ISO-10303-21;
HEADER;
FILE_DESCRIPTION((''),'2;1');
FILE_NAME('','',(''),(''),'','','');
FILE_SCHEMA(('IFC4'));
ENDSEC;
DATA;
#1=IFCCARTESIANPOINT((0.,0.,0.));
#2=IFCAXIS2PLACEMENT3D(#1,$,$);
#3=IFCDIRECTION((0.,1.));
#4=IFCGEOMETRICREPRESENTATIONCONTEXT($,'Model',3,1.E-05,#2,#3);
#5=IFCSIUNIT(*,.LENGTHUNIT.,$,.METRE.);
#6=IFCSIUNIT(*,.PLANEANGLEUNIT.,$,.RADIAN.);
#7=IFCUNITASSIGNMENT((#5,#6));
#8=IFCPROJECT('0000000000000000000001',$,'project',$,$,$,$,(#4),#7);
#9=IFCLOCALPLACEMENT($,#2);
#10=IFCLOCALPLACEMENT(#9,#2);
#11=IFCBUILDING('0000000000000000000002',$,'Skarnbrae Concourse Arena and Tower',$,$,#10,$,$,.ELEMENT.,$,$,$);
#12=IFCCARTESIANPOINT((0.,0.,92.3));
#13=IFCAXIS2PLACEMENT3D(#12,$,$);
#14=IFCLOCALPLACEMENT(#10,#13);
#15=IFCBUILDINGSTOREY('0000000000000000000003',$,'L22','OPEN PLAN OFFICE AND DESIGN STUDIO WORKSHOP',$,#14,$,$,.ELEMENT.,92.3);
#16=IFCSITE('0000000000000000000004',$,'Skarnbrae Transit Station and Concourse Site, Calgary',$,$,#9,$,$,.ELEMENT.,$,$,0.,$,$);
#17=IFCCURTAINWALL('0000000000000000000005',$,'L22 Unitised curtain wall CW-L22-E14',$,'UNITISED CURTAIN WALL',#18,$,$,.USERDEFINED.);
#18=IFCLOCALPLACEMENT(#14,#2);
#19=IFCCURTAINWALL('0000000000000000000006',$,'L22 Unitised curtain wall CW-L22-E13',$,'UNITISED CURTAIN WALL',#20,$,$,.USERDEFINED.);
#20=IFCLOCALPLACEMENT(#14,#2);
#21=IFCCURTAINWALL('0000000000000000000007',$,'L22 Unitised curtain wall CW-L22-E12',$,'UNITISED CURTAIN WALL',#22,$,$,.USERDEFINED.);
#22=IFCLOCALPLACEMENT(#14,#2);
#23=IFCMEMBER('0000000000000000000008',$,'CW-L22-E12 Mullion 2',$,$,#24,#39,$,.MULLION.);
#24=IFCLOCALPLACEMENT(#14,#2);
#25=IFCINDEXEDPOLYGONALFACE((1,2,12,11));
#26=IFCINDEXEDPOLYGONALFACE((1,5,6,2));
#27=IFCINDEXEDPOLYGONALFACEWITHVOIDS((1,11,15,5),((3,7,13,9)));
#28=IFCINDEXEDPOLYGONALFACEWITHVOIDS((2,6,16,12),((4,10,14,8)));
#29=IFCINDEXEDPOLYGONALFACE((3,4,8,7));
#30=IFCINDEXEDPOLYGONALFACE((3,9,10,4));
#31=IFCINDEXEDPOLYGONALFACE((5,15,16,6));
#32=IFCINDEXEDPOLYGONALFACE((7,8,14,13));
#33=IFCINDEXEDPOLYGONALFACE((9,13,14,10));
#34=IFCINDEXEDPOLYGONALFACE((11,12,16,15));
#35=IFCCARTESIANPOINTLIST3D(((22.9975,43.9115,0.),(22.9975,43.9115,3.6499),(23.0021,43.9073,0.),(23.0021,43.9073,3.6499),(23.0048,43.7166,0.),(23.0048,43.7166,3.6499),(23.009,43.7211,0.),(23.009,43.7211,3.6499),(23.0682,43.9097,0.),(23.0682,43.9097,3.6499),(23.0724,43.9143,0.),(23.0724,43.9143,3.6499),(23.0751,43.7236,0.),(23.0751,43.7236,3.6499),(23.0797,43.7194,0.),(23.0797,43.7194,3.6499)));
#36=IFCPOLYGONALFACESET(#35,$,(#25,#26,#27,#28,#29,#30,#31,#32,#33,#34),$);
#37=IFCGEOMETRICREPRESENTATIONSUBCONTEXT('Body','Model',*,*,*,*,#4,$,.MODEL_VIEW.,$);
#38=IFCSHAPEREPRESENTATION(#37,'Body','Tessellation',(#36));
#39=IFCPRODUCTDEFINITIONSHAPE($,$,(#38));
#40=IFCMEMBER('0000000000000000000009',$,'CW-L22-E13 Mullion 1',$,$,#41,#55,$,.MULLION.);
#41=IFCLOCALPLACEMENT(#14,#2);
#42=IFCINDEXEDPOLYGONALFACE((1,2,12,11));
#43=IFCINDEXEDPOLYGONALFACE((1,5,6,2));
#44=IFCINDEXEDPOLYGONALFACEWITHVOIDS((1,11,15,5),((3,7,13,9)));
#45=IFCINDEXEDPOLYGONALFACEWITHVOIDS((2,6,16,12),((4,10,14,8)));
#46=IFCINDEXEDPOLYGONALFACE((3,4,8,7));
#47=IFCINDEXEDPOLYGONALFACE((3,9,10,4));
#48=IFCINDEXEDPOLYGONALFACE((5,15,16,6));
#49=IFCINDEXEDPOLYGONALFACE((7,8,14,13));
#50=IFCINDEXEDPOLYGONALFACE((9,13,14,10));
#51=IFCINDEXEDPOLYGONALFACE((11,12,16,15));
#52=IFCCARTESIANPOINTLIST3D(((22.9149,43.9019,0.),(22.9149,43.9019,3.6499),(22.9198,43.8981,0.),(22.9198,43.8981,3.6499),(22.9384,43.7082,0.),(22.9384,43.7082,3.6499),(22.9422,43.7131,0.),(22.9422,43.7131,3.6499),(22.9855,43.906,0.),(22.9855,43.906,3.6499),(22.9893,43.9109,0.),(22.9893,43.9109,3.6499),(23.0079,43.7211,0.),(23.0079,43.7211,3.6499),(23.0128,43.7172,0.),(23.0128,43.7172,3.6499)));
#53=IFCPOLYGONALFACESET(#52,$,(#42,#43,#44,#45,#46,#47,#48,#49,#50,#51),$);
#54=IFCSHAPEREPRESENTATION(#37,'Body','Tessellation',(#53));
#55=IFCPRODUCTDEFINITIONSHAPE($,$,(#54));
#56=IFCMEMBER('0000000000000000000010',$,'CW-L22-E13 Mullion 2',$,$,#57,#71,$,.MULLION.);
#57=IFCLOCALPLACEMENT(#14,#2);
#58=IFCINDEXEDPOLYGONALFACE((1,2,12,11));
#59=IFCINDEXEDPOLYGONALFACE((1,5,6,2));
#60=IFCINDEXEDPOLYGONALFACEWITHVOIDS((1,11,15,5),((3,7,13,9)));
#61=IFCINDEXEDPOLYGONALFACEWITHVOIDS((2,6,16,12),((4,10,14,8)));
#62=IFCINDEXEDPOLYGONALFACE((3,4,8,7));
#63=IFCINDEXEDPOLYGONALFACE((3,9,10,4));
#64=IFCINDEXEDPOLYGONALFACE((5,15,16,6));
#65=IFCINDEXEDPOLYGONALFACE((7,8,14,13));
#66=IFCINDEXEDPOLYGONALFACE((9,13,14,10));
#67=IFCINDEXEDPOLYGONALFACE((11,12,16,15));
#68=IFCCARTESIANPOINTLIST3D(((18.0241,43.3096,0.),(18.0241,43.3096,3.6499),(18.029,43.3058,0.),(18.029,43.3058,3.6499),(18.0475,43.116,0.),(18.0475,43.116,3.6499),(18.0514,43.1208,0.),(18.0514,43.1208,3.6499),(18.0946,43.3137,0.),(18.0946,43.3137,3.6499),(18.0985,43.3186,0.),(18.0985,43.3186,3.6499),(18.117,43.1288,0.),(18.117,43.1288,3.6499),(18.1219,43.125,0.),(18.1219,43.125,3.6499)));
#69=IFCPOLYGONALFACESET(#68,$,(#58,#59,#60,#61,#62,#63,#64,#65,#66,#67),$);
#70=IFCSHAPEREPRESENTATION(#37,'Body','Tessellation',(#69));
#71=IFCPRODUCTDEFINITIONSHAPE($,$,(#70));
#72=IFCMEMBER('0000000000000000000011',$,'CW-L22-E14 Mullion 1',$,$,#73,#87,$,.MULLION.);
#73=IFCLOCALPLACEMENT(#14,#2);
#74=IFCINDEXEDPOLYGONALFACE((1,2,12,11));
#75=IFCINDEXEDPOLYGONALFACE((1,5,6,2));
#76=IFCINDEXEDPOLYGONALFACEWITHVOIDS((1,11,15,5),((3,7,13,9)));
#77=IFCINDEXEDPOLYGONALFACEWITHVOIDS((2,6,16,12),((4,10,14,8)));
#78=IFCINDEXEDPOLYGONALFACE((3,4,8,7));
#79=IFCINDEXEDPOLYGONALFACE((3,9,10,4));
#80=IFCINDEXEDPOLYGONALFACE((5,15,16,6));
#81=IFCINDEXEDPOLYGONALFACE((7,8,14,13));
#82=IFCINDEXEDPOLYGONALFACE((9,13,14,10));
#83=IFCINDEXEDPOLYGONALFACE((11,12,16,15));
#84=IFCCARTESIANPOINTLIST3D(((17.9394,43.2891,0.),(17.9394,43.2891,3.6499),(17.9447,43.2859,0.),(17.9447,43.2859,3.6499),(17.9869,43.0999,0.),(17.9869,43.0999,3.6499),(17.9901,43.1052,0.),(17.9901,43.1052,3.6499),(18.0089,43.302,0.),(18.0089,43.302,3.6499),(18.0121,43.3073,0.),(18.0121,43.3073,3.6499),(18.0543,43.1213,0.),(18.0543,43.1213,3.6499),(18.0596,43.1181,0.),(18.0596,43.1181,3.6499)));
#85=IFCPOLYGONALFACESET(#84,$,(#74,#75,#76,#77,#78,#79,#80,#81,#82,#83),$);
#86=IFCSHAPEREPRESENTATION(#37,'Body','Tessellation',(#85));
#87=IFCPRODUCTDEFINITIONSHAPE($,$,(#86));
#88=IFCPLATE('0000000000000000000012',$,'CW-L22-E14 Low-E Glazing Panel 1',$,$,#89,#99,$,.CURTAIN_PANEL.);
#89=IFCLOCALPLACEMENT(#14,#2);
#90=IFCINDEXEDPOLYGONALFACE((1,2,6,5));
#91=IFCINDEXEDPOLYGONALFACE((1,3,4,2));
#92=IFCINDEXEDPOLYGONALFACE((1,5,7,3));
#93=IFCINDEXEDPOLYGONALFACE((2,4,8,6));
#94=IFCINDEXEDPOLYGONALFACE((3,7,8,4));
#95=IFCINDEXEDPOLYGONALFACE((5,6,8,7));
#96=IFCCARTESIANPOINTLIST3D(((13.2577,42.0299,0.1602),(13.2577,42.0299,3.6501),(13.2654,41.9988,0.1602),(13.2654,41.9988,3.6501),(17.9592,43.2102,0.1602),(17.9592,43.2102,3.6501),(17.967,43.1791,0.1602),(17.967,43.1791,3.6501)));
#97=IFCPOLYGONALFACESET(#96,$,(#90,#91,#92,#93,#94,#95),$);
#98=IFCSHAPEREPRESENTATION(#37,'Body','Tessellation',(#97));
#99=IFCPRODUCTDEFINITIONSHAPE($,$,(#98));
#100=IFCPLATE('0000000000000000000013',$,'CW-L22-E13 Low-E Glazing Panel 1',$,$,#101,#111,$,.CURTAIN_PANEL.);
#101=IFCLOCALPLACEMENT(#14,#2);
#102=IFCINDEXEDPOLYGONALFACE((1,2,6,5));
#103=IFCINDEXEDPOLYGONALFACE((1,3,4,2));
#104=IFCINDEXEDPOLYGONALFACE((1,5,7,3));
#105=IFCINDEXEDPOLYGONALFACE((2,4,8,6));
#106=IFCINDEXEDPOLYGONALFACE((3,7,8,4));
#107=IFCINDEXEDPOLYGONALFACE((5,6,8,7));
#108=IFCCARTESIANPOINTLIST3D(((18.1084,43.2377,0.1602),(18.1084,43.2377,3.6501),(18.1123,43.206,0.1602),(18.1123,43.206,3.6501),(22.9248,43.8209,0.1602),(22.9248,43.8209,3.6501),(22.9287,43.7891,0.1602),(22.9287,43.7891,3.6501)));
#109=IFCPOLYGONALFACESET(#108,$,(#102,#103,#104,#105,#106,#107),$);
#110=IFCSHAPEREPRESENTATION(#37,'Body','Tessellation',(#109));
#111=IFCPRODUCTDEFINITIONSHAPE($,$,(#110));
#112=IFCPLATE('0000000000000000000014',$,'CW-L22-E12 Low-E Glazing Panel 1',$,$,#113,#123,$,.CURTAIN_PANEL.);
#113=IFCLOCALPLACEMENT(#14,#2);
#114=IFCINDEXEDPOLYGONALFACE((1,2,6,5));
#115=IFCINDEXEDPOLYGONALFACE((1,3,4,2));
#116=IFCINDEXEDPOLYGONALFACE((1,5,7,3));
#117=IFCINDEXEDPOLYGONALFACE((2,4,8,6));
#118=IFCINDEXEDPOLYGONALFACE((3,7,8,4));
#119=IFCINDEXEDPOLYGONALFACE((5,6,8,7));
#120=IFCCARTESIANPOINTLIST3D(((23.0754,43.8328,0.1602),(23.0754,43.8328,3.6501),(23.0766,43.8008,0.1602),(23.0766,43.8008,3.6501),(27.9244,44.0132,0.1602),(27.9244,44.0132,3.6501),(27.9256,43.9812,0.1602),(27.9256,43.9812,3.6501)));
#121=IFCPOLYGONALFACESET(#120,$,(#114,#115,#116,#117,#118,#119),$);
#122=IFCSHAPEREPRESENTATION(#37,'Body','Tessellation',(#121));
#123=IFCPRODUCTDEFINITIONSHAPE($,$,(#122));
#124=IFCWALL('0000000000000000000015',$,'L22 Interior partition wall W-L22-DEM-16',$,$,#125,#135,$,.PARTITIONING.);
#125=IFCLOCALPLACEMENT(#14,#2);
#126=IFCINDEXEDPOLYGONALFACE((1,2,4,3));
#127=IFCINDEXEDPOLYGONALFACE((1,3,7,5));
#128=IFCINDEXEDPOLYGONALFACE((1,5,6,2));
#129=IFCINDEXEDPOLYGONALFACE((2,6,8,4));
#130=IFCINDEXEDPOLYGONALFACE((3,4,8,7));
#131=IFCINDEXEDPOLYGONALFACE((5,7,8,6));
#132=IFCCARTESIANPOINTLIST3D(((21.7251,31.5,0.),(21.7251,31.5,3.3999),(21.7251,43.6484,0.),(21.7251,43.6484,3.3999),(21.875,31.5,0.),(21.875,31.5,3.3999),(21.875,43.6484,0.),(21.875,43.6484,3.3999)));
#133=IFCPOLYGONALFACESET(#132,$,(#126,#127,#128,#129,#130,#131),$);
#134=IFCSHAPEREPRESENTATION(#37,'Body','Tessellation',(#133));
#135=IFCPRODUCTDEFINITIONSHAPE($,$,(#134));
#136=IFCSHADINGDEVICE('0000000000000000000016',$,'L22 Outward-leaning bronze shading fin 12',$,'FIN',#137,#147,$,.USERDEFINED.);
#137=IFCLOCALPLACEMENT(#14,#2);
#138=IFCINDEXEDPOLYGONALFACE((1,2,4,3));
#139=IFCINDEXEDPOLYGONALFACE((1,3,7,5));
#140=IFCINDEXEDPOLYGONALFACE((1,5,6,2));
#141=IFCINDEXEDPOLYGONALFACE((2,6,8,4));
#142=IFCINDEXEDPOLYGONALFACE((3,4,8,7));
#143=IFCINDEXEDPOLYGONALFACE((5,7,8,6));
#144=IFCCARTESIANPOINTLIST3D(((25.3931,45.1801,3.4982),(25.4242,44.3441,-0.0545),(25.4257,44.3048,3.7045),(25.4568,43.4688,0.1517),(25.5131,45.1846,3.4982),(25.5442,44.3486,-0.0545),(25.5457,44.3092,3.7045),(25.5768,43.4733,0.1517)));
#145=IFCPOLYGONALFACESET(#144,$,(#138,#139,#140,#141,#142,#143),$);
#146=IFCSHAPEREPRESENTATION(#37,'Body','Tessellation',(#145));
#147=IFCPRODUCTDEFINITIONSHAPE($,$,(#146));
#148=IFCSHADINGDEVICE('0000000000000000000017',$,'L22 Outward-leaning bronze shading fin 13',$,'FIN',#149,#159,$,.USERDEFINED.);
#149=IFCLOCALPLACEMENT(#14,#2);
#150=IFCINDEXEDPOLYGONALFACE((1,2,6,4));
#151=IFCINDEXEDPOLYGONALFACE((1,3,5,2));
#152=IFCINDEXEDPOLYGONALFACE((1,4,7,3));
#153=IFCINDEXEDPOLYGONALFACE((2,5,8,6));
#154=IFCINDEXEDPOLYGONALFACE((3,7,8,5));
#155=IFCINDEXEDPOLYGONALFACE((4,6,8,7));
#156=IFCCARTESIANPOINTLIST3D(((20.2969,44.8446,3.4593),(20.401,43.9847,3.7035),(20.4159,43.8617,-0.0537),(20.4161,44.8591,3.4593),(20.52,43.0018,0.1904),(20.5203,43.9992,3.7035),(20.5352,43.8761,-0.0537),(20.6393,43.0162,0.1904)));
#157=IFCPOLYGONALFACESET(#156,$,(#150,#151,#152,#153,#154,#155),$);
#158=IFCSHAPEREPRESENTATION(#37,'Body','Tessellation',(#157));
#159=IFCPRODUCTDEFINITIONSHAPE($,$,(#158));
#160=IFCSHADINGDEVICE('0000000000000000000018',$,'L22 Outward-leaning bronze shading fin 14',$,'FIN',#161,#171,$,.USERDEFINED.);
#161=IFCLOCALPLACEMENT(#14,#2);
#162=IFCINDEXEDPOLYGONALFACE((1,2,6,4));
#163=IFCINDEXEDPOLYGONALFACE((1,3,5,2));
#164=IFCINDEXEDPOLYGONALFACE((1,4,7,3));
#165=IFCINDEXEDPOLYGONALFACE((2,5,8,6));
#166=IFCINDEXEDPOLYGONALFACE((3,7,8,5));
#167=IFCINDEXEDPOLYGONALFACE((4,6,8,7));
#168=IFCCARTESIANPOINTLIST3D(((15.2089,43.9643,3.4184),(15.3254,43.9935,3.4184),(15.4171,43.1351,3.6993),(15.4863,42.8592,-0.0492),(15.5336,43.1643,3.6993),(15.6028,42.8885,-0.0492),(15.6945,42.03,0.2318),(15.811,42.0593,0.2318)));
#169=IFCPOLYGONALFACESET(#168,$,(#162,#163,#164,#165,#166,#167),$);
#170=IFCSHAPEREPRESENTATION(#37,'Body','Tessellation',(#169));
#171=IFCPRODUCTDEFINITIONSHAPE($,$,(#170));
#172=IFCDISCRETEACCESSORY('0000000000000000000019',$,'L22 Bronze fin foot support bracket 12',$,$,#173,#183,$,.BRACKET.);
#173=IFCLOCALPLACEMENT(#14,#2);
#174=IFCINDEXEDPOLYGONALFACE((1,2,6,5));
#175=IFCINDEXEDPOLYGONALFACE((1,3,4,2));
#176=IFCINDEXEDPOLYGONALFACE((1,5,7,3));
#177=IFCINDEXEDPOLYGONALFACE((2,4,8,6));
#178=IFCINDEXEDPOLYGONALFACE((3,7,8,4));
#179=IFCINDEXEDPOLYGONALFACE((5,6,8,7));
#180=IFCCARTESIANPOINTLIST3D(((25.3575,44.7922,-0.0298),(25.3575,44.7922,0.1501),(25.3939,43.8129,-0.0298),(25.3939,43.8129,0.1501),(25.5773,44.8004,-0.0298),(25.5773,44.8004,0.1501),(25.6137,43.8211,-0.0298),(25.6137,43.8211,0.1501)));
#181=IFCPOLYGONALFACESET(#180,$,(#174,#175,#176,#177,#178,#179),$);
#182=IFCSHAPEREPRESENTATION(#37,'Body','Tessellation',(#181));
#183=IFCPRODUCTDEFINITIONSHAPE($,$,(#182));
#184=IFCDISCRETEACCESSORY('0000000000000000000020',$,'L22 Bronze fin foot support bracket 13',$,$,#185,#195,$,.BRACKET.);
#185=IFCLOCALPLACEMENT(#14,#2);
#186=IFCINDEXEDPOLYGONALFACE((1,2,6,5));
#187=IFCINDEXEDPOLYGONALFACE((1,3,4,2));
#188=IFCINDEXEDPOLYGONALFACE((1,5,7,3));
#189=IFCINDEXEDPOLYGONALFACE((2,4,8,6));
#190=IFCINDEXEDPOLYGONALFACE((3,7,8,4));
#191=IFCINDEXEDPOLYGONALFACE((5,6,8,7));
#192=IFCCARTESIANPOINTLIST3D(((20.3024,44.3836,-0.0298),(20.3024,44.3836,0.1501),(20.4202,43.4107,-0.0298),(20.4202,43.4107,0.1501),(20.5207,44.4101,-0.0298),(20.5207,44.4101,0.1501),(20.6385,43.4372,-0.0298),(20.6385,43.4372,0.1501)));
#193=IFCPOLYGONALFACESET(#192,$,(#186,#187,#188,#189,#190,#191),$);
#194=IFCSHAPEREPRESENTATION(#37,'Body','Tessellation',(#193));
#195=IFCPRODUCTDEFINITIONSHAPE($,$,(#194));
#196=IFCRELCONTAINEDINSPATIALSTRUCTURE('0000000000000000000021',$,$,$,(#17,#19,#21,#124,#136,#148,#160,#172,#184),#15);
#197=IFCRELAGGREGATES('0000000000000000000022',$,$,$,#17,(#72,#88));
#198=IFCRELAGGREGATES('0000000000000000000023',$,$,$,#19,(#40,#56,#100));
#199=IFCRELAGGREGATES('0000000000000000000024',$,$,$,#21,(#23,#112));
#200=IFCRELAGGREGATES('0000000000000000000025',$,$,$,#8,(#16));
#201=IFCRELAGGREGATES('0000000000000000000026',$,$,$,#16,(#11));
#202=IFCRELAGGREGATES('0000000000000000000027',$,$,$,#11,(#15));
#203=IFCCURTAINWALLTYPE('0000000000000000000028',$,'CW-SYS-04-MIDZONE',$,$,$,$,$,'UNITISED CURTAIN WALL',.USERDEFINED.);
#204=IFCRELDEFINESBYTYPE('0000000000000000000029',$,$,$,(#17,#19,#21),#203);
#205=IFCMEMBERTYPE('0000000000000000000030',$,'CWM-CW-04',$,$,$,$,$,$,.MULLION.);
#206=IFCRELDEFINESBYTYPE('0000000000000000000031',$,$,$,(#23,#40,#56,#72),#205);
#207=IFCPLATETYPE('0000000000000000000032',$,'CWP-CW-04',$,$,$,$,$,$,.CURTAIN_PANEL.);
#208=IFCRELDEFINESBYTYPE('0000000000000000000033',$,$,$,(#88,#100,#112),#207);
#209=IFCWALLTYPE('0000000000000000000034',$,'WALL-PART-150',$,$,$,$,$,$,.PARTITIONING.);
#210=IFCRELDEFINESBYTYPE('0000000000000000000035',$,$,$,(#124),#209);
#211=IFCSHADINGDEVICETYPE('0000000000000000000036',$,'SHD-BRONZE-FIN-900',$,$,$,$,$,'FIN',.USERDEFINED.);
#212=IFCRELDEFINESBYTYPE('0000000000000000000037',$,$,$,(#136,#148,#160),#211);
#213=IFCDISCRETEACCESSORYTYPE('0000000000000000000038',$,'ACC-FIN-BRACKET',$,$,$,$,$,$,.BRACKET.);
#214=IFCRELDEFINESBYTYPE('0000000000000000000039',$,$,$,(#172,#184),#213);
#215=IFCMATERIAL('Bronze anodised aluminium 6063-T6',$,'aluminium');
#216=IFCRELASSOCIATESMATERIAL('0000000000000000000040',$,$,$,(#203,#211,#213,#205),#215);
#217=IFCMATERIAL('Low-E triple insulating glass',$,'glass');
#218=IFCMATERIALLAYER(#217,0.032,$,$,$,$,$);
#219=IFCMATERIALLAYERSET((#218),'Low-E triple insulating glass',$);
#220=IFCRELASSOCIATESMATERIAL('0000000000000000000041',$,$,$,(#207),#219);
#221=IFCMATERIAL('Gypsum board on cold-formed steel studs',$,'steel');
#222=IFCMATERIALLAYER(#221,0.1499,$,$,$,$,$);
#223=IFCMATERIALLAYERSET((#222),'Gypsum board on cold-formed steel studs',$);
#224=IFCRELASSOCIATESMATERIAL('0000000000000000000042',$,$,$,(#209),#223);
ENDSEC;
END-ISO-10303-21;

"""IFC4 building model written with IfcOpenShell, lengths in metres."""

from ifc_helpers import new_model, si_unit, direction, frame, frame_2d, origin, origin_2d, place, context, subcontext, project, spatial, rectangle, hollow_rectangle, extrude, source, transform, mapped, material, layer, layer_set, material_profile, profile_set, type_object, element, aggregate, save


model = new_model("IFC4")

# Units and contexts
model_context = context("Model", 3, precision=1e-05, world=origin(), true_north=direction((0.0, 1.0)))
body_context = subcontext(model_context, "Body", "Model", "MODEL_VIEW")
ifc_project = project(units=[si_unit("LENGTHUNIT", "METRE"), si_unit("PLANEANGLEUNIT", "RADIAN")], contexts=[model_context])

# Site, building, storey
site_placement = place(None, origin())
site = spatial("IfcSite", under=ifc_project, at=site_placement, Name="Skarnbrae Transit Station and Concourse Site, Calgary", CompositionType="ELEMENT", RefElevation=0.0)
building_placement = place(site_placement, origin())
building = spatial("IfcBuilding", under=site, at=building_placement, Name="Skarnbrae Concourse Arena and Tower", CompositionType="ELEMENT")
storey_placement = place(building_placement, frame((0.0, 0.0, 92.3)))
storey = spatial("IfcBuildingStorey", under=building, at=storey_placement, Name="L22", Description="OPEN PLAN OFFICE AND DESIGN STUDIO WORKSHOP", CompositionType="ELEMENT", Elevation=92.3)

# Curtain walls
ifc_material_1 = material(Name="Bronze anodised aluminium 6063-T6", Category="aluminium")
curtain_wall_type = type_object("IfcCurtainWallType", Name="CW-SYS-04-MIDZONE", ElementType="UNITISED CURTAIN WALL", PredefinedType="USERDEFINED", material=ifc_material_1)
curtain_wall_1_placement = place(storey_placement, origin())
curtain_wall_1 = element("IfcCurtainWall", 1, at=curtain_wall_1_placement, inside=storey, type_object=curtain_wall_type, Name="L22 Unitised curtain wall CW-L22-E14", ObjectType="UNITISED CURTAIN WALL", PredefinedType="USERDEFINED")
curtain_wall_2_placement = place(storey_placement, origin())
curtain_wall_2 = element("IfcCurtainWall", 2, at=curtain_wall_2_placement, inside=storey, type_object=curtain_wall_type, Name="L22 Unitised curtain wall CW-L22-E13", ObjectType="UNITISED CURTAIN WALL", PredefinedType="USERDEFINED")

# Curtain wall, member
curtain_wall_3_placement = place(storey_placement, origin())
curtain_wall_3 = element("IfcCurtainWall", 3, at=curtain_wall_3_placement, inside=storey, type_object=curtain_wall_type, Name="L22 Unitised curtain wall CW-L22-E12", ObjectType="UNITISED CURTAIN WALL", PredefinedType="USERDEFINED")
ifc_material_profile_1 = material_profile(ifc_material_1, hollow_rectangle(XDim=0.075, YDim=0.1951, WallThickness=0.0044, at=origin_2d()), Name="ALU-MULL-75X195")
ifc_profile_set_1 = profile_set([ifc_material_profile_1], Name="Bronze anodised aluminium 6063-T6")
member_type_1 = type_object("IfcMemberType", Name="CWM-CW-04", PredefinedType="MULLION", material=ifc_profile_set_1)
shared_shape_1 = source(origin(), body_context, "Body", "SweptSolid", [
    extrude(hollow_rectangle(XDim=0.075, YDim=0.1951, WallThickness=0.0044, at=origin_2d()), origin(), (0.0, 0.0, 1.0), 3.6499),
])
member_1_placement = place(storey_placement, frame((23.0386, 43.8154, 0.0), z_axis=(0.0, 0.0, 1.0), x_axis=(-0.999308, -0.037183, 0.0)))
member_1 = element("IfcMember", 4, at=member_1_placement, type_object=member_type_1, Name="CW-L22-E12 Mullion 2", PredefinedType="MULLION", context=body_context, shape_type="MappedRepresentation", body=[
    mapped(shared_shape_1, transform((0.0, 0.0, 0.0))),
])

# Members
member_2_placement = place(storey_placement, frame((22.9639, 43.8096, 0.0), z_axis=(0.0, 0.0, 1.0), x_axis=(-0.992749, -0.120203, 0.0)))
member_2 = element("IfcMember", 5, at=member_2_placement, type_object=member_type_1, Name="CW-L22-E13 Mullion 1", PredefinedType="MULLION", context=body_context, shape_type="MappedRepresentation", body=[
    mapped(shared_shape_1, transform((0.0, 0.0, 0.0))),
])
member_3_placement = place(storey_placement, frame((18.073, 43.2173, 0.0), z_axis=(0.0, 0.0, 1.0), x_axis=(-0.992749, -0.120203, 0.0)))
member_3 = element("IfcMember", 6, at=member_3_placement, type_object=member_type_1, Name="CW-L22-E13 Mullion 2", PredefinedType="MULLION", context=body_context, shape_type="MappedRepresentation", body=[
    mapped(shared_shape_1, transform((0.0, 0.0, 0.0))),
])
member_4_placement = place(storey_placement, frame((17.9995, 43.2036, 0.0), z_axis=(0.0, 0.0, 1.0), x_axis=(-0.969903, -0.243491, 0.0)))
member_4 = element("IfcMember", 7, at=member_4_placement, type_object=member_type_1, Name="CW-L22-E14 Mullion 1", PredefinedType="MULLION", context=body_context, shape_type="MappedRepresentation", body=[
    mapped(shared_shape_1, transform((0.0, 0.0, 0.0))),
])

# Plates
ifc_material_2 = material(Name="Low-E triple insulating glass", Category="glass")
ifc_layer_1 = layer(ifc_material_2, 0.032)
ifc_layer_set_1 = layer_set([ifc_layer_1], Name="Low-E triple insulating glass")
plate_type = type_object("IfcPlateType", Name="CWP-CW-04", PredefinedType="CURTAIN_PANEL", material=ifc_layer_set_1)
shared_shape_2 = source(origin(), body_context, "Body", "SweptSolid", [
    extrude(rectangle(XDim=4.8474, YDim=0.032, at=origin_2d()), origin(), (0.0, 0.0, 1.0), 3.49),
])
plate_1_placement = place(storey_placement, frame((15.6123, 42.6045, 0.1602), z_axis=(0.0, 0.0, 1.0), x_axis=(-0.969903, -0.243491, 0.0)))
plate_1 = element("IfcPlate", 8, at=plate_1_placement, type_object=plate_type, Name="CW-L22-E14 Low-E Glazing Panel 1", PredefinedType="CURTAIN_PANEL", context=body_context, shape_type="MappedRepresentation", body=[
    mapped(shared_shape_2, transform((0.0, 0.0, 0.0))),
])
aggregate(curtain_wall_1, [member_4, plate_1])
shared_shape_3 = source(origin(), body_context, "Body", "SweptSolid", [
    extrude(rectangle(XDim=4.8516, YDim=0.032, at=origin_2d()), origin(), (0.0, 0.0, 1.0), 3.49),
])
plate_2_placement = place(storey_placement, frame((20.5186, 43.5134, 0.1602), z_axis=(0.0, 0.0, 1.0), x_axis=(-0.992749, -0.120203, 0.0)))
plate_2 = element("IfcPlate", 9, at=plate_2_placement, type_object=plate_type, Name="CW-L22-E13 Low-E Glazing Panel 1", PredefinedType="CURTAIN_PANEL", context=body_context, shape_type="MappedRepresentation", body=[
    mapped(shared_shape_3, transform((0.0, 0.0, 0.0))),
])
aggregate(curtain_wall_2, [member_2, member_3, plate_2])
shared_shape_4 = source(origin(), body_context, "Body", "SweptSolid", [
    extrude(rectangle(XDim=4.8523, YDim=0.032, at=origin_2d()), origin(), (0.0, 0.0, 1.0), 3.49),
])
plate_3_placement = place(storey_placement, frame((25.5005, 43.907, 0.1602), z_axis=(0.0, 0.0, 1.0), x_axis=(-0.999308, -0.037183, 0.0)))
plate_3 = element("IfcPlate", 10, at=plate_3_placement, type_object=plate_type, Name="CW-L22-E12 Low-E Glazing Panel 1", PredefinedType="CURTAIN_PANEL", context=body_context, shape_type="MappedRepresentation", body=[
    mapped(shared_shape_4, transform((0.0, 0.0, 0.0))),
])
aggregate(curtain_wall_3, [member_1, plate_3])

# Wall
ifc_material_3 = material(Name="Gypsum board on cold-formed steel studs", Category="steel")
ifc_layer_2 = layer(ifc_material_3, 0.1499)
ifc_layer_set_2 = layer_set([ifc_layer_2], Name="Gypsum board on cold-formed steel studs")
wall_type = type_object("IfcWallType", Name="WALL-PART-150", PredefinedType="PARTITIONING", material=ifc_layer_set_2)
shared_shape_5 = source(origin(), body_context, "Body", "SweptSolid", [
    extrude(rectangle(XDim=12.1484, YDim=0.1499, at=frame_2d((6.0742, 0.0))), origin(), (0.0, 0.0, 1.0), 3.3999),
])
wall_placement = place(storey_placement, frame((21.8, 43.6484, 0.0), z_axis=(0.0, 0.0, 1.0), x_axis=(0.0, -1.0, 0.0)))
element("IfcWall", 11, at=wall_placement, inside=storey, type_object=wall_type, Name="L22 Interior partition wall W-L22-DEM-16", PredefinedType="PARTITIONING", context=body_context, shape_type="MappedRepresentation", body=[
    mapped(shared_shape_5, transform((0.0, 0.0, 0.0))),
])

# Shading devices
shading_device_type = type_object("IfcShadingDeviceType", Name="SHD-BRONZE-FIN-900", ElementType="FIN", PredefinedType="USERDEFINED", material=ifc_material_1)
shared_shape_6 = source(origin(), body_context, "Body", "SweptSolid", [
    extrude(rectangle(XDim=0.1201, YDim=0.8999, at=origin_2d()), origin(), (0.0, 0.0, 1.0), 3.6499),
])
for number, where, z_axis, x_axis, name in (
    (12, (25.5005, 43.9087, 0.0486), (-0.008523, 0.229042, 0.973379), (0.999308, 0.037184, 0.0), "L22 Outward-leaning bronze shading fin 12"),
    (13, (20.5276, 43.439, 0.0684), (-0.032609, 0.269305, 0.962503), (0.992749, 0.120206, 0.0), "L22 Outward-leaning bronze shading fin 13"),
    (14, (15.6487, 42.4592, 0.0913), (-0.076012, 0.302773, 0.950027), (0.969902, 0.243497, 0.0), "L22 Outward-leaning bronze shading fin 14"),
):
    element("IfcShadingDevice", number, at=place(storey_placement, frame(where, z_axis=z_axis, x_axis=x_axis)), inside=storey, type_object=shading_device_type, Name=name, ObjectType="FIN", PredefinedType="USERDEFINED", context=body_context, shape_type="MappedRepresentation", body=[
        mapped(shared_shape_6, transform((0.0, 0.0, 0.0))),
    ])

# Discrete accessories
discrete_accessory_type = type_object("IfcDiscreteAccessoryType", Name="ACC-FIN-BRACKET", PredefinedType="BRACKET", material=ifc_material_1)
shared_shape_7 = source(origin(), body_context, "Body", "SweptSolid", [
    extrude(rectangle(XDim=0.22, YDim=0.98, at=origin_2d()), origin(), (0.0, 0.0, 1.0), 0.1799),
])
for number, where, z_axis, x_axis, name in (
    (15, (25.4856, 44.3066, -0.0298), (0.0, 0.0, 1.0), (0.999308, 0.037184, 0.0), "L22 Bronze fin foot support bracket 12"),
    (16, (20.4705, 43.9104, -0.0298), (0.0, 0.0, 1.0), (0.992749, 0.120206, 0.0), "L22 Bronze fin foot support bracket 13"),
):
    element("IfcDiscreteAccessory", number, at=place(storey_placement, frame(where, z_axis=z_axis, x_axis=x_axis)), inside=storey, type_object=discrete_accessory_type, Name=name, PredefinedType="BRACKET", context=body_context, shape_type="MappedRepresentation", body=[
        mapped(shared_shape_7, transform((0.0, 0.0, 0.0))),
    ])

save(model, "model.ifc")
